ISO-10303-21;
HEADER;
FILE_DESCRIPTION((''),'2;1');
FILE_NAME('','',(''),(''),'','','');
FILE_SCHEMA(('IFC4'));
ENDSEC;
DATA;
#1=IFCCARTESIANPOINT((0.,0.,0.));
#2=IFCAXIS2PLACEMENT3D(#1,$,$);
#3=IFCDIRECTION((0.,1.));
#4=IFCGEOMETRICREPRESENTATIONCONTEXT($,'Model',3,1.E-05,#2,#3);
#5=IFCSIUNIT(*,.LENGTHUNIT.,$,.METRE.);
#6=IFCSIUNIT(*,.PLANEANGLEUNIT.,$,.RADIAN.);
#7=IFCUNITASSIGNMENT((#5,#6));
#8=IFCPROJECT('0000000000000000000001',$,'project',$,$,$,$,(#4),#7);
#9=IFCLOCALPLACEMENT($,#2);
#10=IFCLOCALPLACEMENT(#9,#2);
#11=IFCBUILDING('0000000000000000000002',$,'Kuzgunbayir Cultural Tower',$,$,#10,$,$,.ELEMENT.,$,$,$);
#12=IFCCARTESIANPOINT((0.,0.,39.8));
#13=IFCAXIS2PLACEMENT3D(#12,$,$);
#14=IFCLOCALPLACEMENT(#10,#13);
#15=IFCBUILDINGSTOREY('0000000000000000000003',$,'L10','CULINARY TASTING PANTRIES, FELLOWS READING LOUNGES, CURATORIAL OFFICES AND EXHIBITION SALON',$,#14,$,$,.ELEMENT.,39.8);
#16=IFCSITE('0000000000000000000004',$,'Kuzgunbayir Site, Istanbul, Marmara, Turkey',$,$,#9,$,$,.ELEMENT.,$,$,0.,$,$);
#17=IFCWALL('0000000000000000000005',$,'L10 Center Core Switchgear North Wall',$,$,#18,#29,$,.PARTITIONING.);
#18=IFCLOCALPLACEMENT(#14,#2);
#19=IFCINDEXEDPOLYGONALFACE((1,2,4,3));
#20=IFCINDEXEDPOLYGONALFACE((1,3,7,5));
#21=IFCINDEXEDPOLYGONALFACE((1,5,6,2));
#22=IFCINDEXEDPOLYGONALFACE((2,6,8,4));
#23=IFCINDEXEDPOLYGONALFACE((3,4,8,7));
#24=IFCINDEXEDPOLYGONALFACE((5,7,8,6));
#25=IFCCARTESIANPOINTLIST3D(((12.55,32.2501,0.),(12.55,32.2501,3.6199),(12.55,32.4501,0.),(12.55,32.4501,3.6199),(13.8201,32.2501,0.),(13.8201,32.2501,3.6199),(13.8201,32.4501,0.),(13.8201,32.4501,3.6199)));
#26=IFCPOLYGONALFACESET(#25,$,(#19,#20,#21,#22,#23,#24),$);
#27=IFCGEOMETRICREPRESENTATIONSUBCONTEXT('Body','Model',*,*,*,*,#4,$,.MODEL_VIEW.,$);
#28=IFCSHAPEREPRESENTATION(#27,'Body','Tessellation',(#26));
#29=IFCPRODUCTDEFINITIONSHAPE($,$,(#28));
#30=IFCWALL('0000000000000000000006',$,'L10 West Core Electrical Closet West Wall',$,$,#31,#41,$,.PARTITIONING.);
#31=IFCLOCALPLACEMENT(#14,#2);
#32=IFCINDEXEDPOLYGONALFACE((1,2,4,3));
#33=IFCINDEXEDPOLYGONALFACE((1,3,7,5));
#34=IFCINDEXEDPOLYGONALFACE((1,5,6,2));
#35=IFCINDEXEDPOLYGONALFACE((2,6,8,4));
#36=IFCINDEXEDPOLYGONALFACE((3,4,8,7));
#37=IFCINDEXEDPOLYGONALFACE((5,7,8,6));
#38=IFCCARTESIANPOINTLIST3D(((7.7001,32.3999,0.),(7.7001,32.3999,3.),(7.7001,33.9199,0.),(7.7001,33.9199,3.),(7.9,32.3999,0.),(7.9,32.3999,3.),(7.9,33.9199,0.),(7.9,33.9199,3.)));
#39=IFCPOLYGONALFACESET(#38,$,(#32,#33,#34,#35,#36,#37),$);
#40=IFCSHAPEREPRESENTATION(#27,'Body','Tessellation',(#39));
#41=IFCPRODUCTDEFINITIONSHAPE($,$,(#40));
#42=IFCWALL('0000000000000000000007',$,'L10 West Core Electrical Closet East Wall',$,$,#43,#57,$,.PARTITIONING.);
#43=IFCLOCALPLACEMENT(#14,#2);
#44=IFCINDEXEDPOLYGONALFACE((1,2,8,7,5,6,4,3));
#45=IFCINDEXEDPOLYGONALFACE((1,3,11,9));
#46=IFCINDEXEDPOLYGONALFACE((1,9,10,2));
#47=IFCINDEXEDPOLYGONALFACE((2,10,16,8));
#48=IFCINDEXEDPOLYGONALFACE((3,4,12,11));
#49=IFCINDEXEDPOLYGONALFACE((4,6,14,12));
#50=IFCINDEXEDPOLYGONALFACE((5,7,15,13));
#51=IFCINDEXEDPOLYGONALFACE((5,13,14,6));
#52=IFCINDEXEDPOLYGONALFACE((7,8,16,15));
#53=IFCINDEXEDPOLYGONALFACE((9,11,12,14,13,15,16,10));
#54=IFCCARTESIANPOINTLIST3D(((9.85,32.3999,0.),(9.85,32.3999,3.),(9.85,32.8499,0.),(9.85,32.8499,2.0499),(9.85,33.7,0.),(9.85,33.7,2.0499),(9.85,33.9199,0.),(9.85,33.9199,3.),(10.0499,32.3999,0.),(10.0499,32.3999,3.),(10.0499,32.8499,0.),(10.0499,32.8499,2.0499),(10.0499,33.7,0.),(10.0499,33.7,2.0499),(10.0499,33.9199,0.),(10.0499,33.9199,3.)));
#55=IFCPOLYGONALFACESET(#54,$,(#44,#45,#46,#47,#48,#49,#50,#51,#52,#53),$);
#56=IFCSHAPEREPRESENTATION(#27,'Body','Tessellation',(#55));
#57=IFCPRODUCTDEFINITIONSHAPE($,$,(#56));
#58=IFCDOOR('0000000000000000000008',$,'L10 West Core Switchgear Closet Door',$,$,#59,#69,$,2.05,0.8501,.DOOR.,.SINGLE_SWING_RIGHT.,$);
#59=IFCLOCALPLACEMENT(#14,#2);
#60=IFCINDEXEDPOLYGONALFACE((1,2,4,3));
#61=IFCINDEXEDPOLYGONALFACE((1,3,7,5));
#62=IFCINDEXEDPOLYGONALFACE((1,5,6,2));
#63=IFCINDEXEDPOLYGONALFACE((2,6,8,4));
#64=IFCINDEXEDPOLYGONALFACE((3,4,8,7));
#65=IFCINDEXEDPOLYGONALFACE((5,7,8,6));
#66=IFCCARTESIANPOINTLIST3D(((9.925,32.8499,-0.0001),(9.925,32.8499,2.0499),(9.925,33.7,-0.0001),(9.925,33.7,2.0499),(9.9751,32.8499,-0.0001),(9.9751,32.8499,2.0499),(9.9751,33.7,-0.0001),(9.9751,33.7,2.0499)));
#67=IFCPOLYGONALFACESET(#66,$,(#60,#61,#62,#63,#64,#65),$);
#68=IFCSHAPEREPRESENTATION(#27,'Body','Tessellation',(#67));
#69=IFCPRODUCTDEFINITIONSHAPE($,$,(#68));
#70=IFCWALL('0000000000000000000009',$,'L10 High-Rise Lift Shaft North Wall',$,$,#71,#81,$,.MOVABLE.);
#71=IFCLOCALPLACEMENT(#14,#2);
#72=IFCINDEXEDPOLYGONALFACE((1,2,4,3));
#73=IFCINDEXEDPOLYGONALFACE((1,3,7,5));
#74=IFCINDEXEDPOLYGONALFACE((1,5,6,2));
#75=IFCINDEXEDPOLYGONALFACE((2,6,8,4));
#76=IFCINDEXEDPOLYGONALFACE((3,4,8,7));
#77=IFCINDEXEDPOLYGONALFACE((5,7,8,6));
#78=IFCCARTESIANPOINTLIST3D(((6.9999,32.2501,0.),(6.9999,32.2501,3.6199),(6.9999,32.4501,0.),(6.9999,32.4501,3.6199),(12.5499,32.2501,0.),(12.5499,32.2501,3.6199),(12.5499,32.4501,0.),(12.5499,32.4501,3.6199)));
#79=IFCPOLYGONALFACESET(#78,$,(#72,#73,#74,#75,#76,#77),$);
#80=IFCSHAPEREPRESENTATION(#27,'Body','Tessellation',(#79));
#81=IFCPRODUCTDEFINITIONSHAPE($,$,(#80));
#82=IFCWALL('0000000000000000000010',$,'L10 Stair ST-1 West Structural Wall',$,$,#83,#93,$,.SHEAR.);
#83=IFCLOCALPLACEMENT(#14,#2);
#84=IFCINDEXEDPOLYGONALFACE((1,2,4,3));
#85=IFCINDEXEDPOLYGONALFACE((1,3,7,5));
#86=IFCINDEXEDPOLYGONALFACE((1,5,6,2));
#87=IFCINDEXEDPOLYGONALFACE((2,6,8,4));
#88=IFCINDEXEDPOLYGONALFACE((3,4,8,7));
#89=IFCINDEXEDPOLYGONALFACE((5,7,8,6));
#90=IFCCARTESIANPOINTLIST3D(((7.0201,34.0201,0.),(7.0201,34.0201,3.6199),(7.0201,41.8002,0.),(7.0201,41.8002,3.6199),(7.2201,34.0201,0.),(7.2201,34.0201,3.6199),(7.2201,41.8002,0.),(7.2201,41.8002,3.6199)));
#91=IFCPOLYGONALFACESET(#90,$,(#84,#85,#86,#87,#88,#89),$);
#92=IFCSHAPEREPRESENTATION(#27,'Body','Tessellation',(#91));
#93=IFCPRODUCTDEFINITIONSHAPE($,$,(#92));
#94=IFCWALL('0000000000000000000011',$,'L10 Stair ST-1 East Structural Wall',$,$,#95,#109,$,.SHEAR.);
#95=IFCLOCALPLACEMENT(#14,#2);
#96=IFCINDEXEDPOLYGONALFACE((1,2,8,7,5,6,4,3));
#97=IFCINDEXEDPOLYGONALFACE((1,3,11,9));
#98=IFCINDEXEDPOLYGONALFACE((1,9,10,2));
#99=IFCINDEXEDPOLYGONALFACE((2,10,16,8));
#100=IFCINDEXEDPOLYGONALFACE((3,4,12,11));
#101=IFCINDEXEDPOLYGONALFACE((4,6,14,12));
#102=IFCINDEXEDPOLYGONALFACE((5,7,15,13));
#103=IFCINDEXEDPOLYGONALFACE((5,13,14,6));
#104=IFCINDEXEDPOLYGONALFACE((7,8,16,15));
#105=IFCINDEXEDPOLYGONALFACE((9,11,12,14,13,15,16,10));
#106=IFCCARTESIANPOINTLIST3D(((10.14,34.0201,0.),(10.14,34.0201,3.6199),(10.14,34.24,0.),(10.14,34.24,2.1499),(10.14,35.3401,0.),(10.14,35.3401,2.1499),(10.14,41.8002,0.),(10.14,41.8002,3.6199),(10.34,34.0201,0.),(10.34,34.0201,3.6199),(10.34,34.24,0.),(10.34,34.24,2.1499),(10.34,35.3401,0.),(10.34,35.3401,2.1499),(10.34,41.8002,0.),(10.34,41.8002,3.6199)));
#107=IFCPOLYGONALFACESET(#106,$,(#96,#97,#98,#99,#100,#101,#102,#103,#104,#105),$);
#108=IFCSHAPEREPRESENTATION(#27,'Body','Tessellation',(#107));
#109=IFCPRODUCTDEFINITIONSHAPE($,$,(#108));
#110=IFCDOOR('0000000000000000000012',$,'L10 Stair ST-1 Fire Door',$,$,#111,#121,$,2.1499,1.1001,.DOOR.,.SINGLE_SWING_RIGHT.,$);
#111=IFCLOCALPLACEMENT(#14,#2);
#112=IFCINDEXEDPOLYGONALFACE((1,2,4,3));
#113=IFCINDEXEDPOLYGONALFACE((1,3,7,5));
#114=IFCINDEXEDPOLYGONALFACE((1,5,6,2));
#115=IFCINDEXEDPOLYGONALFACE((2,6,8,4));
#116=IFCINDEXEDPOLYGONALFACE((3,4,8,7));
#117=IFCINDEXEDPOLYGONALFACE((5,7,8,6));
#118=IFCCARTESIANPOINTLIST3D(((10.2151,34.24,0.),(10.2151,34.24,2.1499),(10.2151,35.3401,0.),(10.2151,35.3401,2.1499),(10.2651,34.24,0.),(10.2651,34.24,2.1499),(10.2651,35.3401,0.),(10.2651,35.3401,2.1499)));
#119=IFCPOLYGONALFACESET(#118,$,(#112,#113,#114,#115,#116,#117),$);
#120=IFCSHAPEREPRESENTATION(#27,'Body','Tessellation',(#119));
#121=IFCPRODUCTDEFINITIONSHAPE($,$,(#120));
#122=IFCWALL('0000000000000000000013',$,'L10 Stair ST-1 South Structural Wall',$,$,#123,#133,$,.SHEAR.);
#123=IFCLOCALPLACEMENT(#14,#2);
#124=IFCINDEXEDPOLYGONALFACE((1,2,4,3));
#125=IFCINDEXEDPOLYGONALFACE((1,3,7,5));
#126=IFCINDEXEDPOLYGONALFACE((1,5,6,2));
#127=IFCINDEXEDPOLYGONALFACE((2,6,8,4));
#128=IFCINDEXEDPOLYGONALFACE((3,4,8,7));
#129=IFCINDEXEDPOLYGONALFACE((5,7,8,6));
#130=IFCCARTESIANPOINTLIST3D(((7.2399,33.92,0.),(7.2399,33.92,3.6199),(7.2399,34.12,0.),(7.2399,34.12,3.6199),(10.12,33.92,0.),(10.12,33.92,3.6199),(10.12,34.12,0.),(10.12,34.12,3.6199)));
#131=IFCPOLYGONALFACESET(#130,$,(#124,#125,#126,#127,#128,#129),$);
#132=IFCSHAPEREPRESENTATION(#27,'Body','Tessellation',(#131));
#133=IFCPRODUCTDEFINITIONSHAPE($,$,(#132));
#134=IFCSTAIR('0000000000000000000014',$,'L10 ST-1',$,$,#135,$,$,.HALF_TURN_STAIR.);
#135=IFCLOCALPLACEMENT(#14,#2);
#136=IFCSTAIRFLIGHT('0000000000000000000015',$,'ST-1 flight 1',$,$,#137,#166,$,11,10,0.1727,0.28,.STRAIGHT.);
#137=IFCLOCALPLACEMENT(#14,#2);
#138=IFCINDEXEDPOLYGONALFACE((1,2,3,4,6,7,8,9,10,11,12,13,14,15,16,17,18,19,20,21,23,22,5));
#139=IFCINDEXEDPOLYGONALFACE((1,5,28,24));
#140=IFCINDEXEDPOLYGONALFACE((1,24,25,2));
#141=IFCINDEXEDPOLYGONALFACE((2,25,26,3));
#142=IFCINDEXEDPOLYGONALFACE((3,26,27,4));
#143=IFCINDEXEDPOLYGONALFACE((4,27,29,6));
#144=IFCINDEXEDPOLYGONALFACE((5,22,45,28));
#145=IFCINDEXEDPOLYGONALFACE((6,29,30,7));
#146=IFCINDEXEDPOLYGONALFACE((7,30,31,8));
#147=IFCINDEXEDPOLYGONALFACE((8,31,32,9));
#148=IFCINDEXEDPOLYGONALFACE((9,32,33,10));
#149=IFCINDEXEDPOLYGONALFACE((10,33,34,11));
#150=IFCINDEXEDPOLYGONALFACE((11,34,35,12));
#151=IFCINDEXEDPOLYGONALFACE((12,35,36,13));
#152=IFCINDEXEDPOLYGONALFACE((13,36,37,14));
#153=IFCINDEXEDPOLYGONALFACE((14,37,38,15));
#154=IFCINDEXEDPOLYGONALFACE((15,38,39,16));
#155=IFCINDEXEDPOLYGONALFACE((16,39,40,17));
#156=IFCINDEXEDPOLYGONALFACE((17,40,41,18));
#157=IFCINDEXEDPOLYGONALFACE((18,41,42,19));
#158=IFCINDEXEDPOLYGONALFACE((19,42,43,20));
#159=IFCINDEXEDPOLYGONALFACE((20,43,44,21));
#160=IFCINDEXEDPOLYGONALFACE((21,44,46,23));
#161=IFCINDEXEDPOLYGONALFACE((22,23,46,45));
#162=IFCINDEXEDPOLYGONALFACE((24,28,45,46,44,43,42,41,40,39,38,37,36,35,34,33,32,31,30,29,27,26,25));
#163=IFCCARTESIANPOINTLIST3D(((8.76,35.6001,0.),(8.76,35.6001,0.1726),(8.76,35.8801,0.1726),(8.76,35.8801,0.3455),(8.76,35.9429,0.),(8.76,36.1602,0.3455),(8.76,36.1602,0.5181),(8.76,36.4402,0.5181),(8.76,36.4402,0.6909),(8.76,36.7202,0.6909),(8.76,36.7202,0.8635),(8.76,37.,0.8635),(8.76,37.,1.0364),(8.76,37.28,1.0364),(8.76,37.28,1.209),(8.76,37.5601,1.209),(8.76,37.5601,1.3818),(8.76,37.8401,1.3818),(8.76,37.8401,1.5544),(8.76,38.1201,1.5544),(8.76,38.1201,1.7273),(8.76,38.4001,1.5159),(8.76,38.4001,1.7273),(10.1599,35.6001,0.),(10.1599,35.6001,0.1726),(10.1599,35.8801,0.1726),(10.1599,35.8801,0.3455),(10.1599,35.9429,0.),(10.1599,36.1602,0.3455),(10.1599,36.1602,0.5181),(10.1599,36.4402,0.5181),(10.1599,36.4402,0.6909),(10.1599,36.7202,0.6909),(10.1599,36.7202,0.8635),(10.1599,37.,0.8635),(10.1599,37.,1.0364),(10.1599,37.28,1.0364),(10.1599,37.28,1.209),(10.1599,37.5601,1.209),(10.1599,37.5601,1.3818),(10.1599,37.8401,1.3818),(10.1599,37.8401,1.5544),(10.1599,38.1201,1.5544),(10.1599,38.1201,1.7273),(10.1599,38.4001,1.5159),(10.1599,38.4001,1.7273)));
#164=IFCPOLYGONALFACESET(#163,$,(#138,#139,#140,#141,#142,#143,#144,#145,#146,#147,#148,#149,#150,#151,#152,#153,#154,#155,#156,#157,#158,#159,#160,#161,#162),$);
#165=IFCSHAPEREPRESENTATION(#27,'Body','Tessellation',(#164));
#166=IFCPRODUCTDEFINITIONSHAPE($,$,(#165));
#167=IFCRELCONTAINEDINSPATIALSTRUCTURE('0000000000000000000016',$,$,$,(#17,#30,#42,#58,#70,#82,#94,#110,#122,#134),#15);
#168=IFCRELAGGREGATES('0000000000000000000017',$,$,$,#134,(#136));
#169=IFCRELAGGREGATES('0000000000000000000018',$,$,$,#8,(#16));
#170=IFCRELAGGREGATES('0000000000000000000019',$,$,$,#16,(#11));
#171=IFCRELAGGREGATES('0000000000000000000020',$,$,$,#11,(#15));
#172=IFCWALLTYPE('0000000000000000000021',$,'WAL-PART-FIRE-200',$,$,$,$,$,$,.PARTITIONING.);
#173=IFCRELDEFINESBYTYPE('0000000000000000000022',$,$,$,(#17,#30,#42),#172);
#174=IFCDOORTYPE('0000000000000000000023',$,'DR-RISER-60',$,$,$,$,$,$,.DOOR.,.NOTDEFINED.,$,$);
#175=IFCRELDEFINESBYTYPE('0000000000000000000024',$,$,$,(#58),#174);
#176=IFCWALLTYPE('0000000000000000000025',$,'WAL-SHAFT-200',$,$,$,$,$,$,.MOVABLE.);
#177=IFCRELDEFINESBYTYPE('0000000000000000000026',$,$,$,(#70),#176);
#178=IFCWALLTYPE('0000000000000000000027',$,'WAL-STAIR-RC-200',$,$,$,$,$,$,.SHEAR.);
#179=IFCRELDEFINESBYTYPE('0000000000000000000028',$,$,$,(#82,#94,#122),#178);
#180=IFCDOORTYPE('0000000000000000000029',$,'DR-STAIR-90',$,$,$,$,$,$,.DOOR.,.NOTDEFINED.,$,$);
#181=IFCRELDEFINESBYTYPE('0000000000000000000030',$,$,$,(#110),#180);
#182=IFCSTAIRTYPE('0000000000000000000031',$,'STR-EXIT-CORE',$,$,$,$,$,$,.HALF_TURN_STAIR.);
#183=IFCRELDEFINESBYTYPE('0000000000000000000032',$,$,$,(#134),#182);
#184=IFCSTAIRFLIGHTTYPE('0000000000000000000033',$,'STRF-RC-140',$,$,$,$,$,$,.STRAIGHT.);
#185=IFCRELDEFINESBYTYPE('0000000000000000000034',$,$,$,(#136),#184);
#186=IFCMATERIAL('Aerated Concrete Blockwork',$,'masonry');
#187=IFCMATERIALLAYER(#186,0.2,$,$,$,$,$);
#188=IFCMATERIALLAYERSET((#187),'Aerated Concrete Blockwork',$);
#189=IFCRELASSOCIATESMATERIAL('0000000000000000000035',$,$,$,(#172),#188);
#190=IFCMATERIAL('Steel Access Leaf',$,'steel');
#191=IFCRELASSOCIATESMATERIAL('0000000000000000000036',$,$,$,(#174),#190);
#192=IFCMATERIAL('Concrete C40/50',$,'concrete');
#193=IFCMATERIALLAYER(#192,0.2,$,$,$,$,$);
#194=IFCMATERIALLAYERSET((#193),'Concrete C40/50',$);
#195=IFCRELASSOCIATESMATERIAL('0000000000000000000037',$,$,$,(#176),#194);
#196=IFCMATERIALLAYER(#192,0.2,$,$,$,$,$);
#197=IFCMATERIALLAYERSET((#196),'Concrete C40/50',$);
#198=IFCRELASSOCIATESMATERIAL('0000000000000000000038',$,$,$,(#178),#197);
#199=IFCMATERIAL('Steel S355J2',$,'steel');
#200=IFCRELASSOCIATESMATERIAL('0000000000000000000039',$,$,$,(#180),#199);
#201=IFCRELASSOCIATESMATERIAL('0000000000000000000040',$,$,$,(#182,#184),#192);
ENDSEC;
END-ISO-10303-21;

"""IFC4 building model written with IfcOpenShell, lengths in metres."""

from ifc_helpers import new_model, si_unit, direction, frame, frame_2d, origin, place, context, subcontext, project, spatial, polyline, rectangle, outline, extrude, material, layer, layer_set, type_object, element, fill, aggregate, save


model = new_model("IFC4")

# Units and contexts
model_context = context("Model", 3, precision=1e-05, world=origin(), true_north=direction((0.0, 1.0)))
body_context = subcontext(model_context, "Body", "Model", "MODEL_VIEW")
ifc_project = project(units=[si_unit("LENGTHUNIT", "METRE"), si_unit("PLANEANGLEUNIT", "RADIAN")], contexts=[model_context])

# Site, building, storey
site_placement = place(None, origin())
site = spatial("IfcSite", under=ifc_project, at=site_placement, Name="Kuzgunbayir Site, Istanbul, Marmara, Turkey", CompositionType="ELEMENT", RefElevation=0.0)
building_placement = place(site_placement, origin())
building = spatial("IfcBuilding", under=site, at=building_placement, Name="Kuzgunbayir Cultural Tower", CompositionType="ELEMENT")
storey_placement = place(building_placement, frame((0.0, 0.0, 39.8)))
storey = spatial("IfcBuildingStorey", under=building, at=storey_placement, Name="L10", Description="CULINARY TASTING PANTRIES, FELLOWS READING LOUNGES, CURATORIAL OFFICES AND EXHIBITION SALON", CompositionType="ELEMENT", Elevation=39.8)

# Shared definitions
ifc_material_1 = material(Name="Steel S355J2", Category="steel")

# Shared definitions
ifc_material_2 = material(Name="Aerated Concrete Blockwork", Category="masonry")
ifc_layer_1 = layer(ifc_material_2, 0.2)
ifc_layer_set_1 = layer_set([ifc_layer_1], Name="Aerated Concrete Blockwork")
wall_type_1 = type_object("IfcWallType", Name="WAL-PART-FIRE-200", PredefinedType="PARTITIONING", material=ifc_layer_set_1)

# Walls
wall_1_placement = place(storey_placement, frame((12.55, 32.3501, 0.0), z_axis=(0.0, 0.0, 1.0), x_axis=(1.0, 0.0, 0.0)))
element("IfcWall", 1, at=wall_1_placement, inside=storey, type_object=wall_type_1, Name="L10 Center Core Switchgear North Wall", PredefinedType="PARTITIONING", context=body_context, shape_type="SweptSolid", body=[
    extrude(rectangle(XDim=1.27, YDim=0.2, at=frame_2d((0.635, 0.0))), origin(), (0.0, 0.0, 1.0), 3.6199),
])
wall_2_placement = place(storey_placement, frame((7.8, 32.3999, 0.0), z_axis=(0.0, 0.0, 1.0), x_axis=(0.0, 1.0, 0.0)))
element("IfcWall", 2, at=wall_2_placement, inside=storey, type_object=wall_type_1, Name="L10 West Core Electrical Closet West Wall", PredefinedType="PARTITIONING", context=body_context, shape_type="SweptSolid", body=[
    extrude(rectangle(XDim=1.52, YDim=0.2, at=frame_2d((0.76, 0.0))), origin(), (0.0, 0.0, 1.0), 3.0),
])

# Wall, opening, door
wall_3_placement = place(storey_placement, frame((9.95, 32.3999, 0.0), z_axis=(0.0, 0.0, 1.0), x_axis=(0.0, 1.0, 0.0)))
wall_3 = element("IfcWall", 3, at=wall_3_placement, inside=storey, type_object=wall_type_1, Name="L10 West Core Electrical Closet East Wall", PredefinedType="PARTITIONING", context=body_context, shape_type="SweptSolid", body=[
    extrude(rectangle(XDim=1.52, YDim=0.2, at=frame_2d((0.76, 0.0))), origin(), (0.0, 0.0, 1.0), 3.0),
])
opening_1_placement = place(wall_3_placement, frame((0.45, 0.0, 0.0)))
opening_1 = element("IfcOpeningElement", 4, at=opening_1_placement, cuts=wall_3, PredefinedType="OPENING", context=body_context, shape_type="SweptSolid", body=[
    extrude(rectangle(XDim=0.8501, YDim=2.05, at=frame_2d((0.425, 1.0249))), frame((0.0, 0.1099, 0.0), z_axis=(0.0, -1.0, 0.0), x_axis=(1.0, 0.0, 0.0)), (0.0, 0.0, 1.0), 0.22),
])
ifc_material_3 = material(Name="Steel Access Leaf", Category="steel")
door_type_1 = type_object("IfcDoorType", Name="DR-RISER-60", OperationType="NOTDEFINED", PredefinedType="DOOR", material=ifc_material_3)
door_1_placement = place(opening_1_placement, origin())
door_1 = element("IfcDoor", 5, at=door_1_placement, inside=storey, type_object=door_type_1, Name="L10 West Core Switchgear Closet Door", OperationType="SINGLE_SWING_RIGHT", OverallHeight=2.05, OverallWidth=0.8501, PredefinedType="DOOR", context=body_context, shape_type="SweptSolid", body=[
    extrude(rectangle(XDim=0.8501, YDim=2.05, at=frame_2d((0.425, 1.0249))), frame((0.0, 0.0249, 0.0), z_axis=(0.0, -1.0, 0.0), x_axis=(1.0, 0.0, 0.0)), (0.0, 0.0, 1.0), 0.05),
])
fill(opening_1, door_1)

# Walls
ifc_material_4 = material(Name="Concrete C40/50", Category="concrete")
ifc_layer_2 = layer(ifc_material_4, 0.2)
ifc_layer_set_2 = layer_set([ifc_layer_2], Name="Concrete C40/50")
wall_type_2 = type_object("IfcWallType", Name="WAL-SHAFT-200", PredefinedType="MOVABLE", material=ifc_layer_set_2)
wall_4_placement = place(storey_placement, frame((7.0, 32.3501, 0.0), z_axis=(0.0, 0.0, 1.0), x_axis=(1.0, 0.0, 0.0)))
element("IfcWall", 6, at=wall_4_placement, inside=storey, type_object=wall_type_2, Name="L10 High-Rise Lift Shaft North Wall", PredefinedType="MOVABLE", context=body_context, shape_type="SweptSolid", body=[
    extrude(rectangle(XDim=5.55, YDim=0.2, at=frame_2d((2.7749, 0.0))), origin(), (0.0, 0.0, 1.0), 3.6199),
])
ifc_layer_3 = layer(ifc_material_4, 0.2)
ifc_layer_set_3 = layer_set([ifc_layer_3], Name="Concrete C40/50")
wall_type_3 = type_object("IfcWallType", Name="WAL-STAIR-RC-200", PredefinedType="SHEAR", material=ifc_layer_set_3)
wall_5_placement = place(storey_placement, frame((7.1201, 34.02, 0.0), z_axis=(0.0, 0.0, 1.0), x_axis=(0.0, 1.0, 0.0)))
element("IfcWall", 7, at=wall_5_placement, inside=storey, type_object=wall_type_3, Name="L10 Stair ST-1 West Structural Wall", PredefinedType="SHEAR", context=body_context, shape_type="SweptSolid", body=[
    extrude(rectangle(XDim=7.78, YDim=0.2, at=frame_2d((3.8901, 0.0))), origin(), (0.0, 0.0, 1.0), 3.6199),
])

# Wall, opening, door
wall_6_placement = place(storey_placement, frame((10.24, 34.02, 0.0), z_axis=(0.0, 0.0, 1.0), x_axis=(0.0, 1.0, 0.0)))
wall_6 = element("IfcWall", 8, at=wall_6_placement, inside=storey, type_object=wall_type_3, Name="L10 Stair ST-1 East Structural Wall", PredefinedType="SHEAR", context=body_context, shape_type="SweptSolid", body=[
    extrude(rectangle(XDim=7.78, YDim=0.2, at=frame_2d((3.8901, 0.0))), origin(), (0.0, 0.0, 1.0), 3.6199),
])
opening_2_placement = place(wall_6_placement, frame((0.22, 0.0, 0.0)))
opening_2 = element("IfcOpeningElement", 9, at=opening_2_placement, cuts=wall_6, PredefinedType="OPENING", context=body_context, shape_type="SweptSolid", body=[
    extrude(rectangle(XDim=1.1001, YDim=2.1499, at=frame_2d((0.55, 1.075))), frame((0.0, 0.1099, 0.0), z_axis=(0.0, -1.0, 0.0), x_axis=(1.0, 0.0, 0.0)), (0.0, 0.0, 1.0), 0.22),
])
door_type_2 = type_object("IfcDoorType", Name="DR-STAIR-90", OperationType="NOTDEFINED", PredefinedType="DOOR", material=ifc_material_1)
door_2_placement = place(opening_2_placement, origin())
door_2 = element("IfcDoor", 10, at=door_2_placement, inside=storey, type_object=door_type_2, Name="L10 Stair ST-1 Fire Door", OperationType="SINGLE_SWING_RIGHT", OverallHeight=2.1499, OverallWidth=1.1001, PredefinedType="DOOR", context=body_context, shape_type="SweptSolid", body=[
    extrude(rectangle(XDim=1.1001, YDim=2.1499, at=frame_2d((0.55, 1.075))), frame((0.0, 0.0249, 0.0), z_axis=(0.0, -1.0, 0.0), x_axis=(1.0, 0.0, 0.0)), (0.0, 0.0, 1.0), 0.05),
])
fill(opening_2, door_2)

# Wall
wall_7_placement = place(storey_placement, frame((7.24, 34.02, 0.0), z_axis=(0.0, 0.0, 1.0), x_axis=(1.0, 0.0, 0.0)))
element("IfcWall", 11, at=wall_7_placement, inside=storey, type_object=wall_type_3, Name="L10 Stair ST-1 South Structural Wall", PredefinedType="SHEAR", context=body_context, shape_type="SweptSolid", body=[
    extrude(rectangle(XDim=2.8801, YDim=0.2, at=frame_2d((1.4399, 0.0))), origin(), (0.0, 0.0, 1.0), 3.6199),
])

# Stair, stair flight
stair_type = type_object("IfcStairType", Name="STR-EXIT-CORE", PredefinedType="HALF_TURN_STAIR", material=ifc_material_4)
stair_placement = place(storey_placement, origin())
stair = element("IfcStair", 12, at=stair_placement, inside=storey, type_object=stair_type, Name="L10 ST-1", PredefinedType="HALF_TURN_STAIR")
stair_flight_type = type_object("IfcStairFlightType", Name="STRF-RC-140", PredefinedType="STRAIGHT", material=ifc_material_4)
stair_flight_placement = place(storey_placement, frame((9.46, 35.6001, 0.0), z_axis=(0.0, 0.0, 1.0), x_axis=(0.0, 1.0, 0.0)))
stair_flight = element("IfcStairFlight", 13, at=stair_flight_placement, type_object=stair_flight_type, Name="ST-1 flight 1", NumberOfRisers=11, NumberOfTreads=10, PredefinedType="STRAIGHT", RiserHeight=0.1727, TreadLength=0.28, context=body_context, shape_type="SweptSolid", body=[
    extrude(outline(polyline([(0.0, 0.0), (0.0, 0.1726), (0.28, 0.1726), (0.28, 0.3455), (0.5601, 0.3455), (0.5601, 0.5181), (0.8401, 0.5181), (0.8401, 0.6909), (1.1201, 0.6909), (1.1201, 0.8635), (1.3999, 0.8635), (1.3999, 1.0364), (1.6799, 1.0364), (1.6799, 1.209), (1.96, 1.209), (1.96, 1.3818), (2.24, 1.3818), (2.24, 1.5544), (2.52, 1.5544), (2.52, 1.7273), (2.8, 1.7273), (2.8, 1.8999), (2.8, 1.5159), (0.3428, 0.0), (0.0, 0.0)])), frame((0.0, 0.7, 0.0), z_axis=(0.0, -1.0, 0.0), x_axis=(1.0, 0.0, 0.0)), (0.0, 0.0, 1.0), 1.3999),
])
aggregate(stair, [stair_flight])

save(model, "model.ifc")
